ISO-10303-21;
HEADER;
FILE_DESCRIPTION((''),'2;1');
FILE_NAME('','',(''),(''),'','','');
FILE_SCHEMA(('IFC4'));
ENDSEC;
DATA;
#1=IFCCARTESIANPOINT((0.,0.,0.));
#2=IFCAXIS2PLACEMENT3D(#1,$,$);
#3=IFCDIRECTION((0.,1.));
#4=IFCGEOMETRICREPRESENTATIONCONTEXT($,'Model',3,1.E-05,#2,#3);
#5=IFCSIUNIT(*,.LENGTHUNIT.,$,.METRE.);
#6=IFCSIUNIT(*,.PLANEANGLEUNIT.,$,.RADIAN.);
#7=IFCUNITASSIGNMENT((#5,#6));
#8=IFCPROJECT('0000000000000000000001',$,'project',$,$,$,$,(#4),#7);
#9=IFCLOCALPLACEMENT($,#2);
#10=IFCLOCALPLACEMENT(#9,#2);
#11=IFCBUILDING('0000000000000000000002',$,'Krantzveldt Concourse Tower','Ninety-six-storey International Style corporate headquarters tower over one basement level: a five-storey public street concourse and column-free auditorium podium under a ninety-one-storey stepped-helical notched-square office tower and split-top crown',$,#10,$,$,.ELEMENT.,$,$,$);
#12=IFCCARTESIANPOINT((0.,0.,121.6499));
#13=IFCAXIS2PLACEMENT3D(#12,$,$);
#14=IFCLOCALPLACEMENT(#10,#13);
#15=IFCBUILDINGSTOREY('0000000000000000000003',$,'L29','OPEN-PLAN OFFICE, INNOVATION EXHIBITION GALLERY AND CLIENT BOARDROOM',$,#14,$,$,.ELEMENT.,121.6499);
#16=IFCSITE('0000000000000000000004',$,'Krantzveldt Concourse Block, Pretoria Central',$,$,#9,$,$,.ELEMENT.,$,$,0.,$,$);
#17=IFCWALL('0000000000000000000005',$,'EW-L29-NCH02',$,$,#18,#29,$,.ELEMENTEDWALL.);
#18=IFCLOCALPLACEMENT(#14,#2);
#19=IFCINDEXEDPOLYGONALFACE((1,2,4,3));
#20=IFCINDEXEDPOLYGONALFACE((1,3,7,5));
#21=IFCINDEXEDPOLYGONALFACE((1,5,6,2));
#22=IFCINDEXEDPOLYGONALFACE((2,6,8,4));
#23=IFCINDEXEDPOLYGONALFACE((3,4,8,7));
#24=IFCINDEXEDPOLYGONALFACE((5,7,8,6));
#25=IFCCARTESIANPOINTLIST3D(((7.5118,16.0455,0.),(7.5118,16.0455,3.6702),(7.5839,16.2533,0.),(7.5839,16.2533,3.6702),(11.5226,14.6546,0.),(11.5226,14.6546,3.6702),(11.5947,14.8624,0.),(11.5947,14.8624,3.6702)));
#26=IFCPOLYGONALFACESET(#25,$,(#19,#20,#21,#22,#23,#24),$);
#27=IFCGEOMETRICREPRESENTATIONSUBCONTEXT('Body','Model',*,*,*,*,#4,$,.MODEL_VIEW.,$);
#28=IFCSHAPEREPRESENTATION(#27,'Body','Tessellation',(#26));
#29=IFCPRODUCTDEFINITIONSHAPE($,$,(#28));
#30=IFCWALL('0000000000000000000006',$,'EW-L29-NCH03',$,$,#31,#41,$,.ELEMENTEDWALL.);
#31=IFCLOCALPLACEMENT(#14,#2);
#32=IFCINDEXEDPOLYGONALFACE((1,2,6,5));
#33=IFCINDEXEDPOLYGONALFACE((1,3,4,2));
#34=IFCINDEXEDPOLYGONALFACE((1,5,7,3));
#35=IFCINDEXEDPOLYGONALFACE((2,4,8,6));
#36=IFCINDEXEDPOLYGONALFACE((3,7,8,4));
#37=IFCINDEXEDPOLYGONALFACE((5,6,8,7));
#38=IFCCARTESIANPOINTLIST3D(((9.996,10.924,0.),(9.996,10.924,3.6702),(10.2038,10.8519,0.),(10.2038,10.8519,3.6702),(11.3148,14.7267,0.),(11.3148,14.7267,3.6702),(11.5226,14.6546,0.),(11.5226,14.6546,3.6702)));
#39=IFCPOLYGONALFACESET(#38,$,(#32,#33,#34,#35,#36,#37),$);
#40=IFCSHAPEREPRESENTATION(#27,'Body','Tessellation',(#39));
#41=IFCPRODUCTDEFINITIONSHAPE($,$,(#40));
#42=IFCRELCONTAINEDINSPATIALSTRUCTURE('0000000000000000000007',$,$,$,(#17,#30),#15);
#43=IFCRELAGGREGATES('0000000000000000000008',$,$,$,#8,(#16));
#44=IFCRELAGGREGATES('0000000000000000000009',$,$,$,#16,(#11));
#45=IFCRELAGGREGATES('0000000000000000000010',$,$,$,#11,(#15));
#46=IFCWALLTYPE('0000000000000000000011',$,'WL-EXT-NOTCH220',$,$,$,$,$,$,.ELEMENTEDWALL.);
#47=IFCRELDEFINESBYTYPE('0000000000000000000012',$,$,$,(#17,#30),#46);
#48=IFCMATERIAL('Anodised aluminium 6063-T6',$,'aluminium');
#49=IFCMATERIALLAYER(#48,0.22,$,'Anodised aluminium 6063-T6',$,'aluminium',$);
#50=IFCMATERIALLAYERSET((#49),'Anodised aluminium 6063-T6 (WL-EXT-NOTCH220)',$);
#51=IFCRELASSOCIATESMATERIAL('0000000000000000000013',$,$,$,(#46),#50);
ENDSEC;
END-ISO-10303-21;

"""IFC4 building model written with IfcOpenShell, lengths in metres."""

from ifc_helpers import new_model, si_unit, direction, frame, frame_2d, origin, place, context, subcontext, project, spatial, rectangle, extrude, material, layer, layer_set, type_object, element, save


model = new_model("IFC4")

# Units and contexts
model_context = context("Model", 3, precision=1e-05, world=origin(), true_north=direction((0.0, 1.0)))
body_context = subcontext(model_context, "Body", "Model", "MODEL_VIEW")
ifc_project = project(units=[si_unit("LENGTHUNIT", "METRE"), si_unit("PLANEANGLEUNIT", "RADIAN")], contexts=[model_context])

# Site, building, storey
site_placement = place(None, origin())
site = spatial("IfcSite", under=ifc_project, at=site_placement, Name="Krantzveldt Concourse Block, Pretoria Central", CompositionType="ELEMENT", RefElevation=0.0)
building_placement = place(site_placement, origin())
building = spatial("IfcBuilding", under=site, at=building_placement, Name="Krantzveldt Concourse Tower", Description="Ninety-six-storey International Style corporate headquarters tower over one basement level: a five-storey public street concourse and column-free auditorium podium under a ninety-one-storey stepped-helical notched-square office tower and split-top crown", CompositionType="ELEMENT")
storey_placement = place(building_placement, frame((0.0, 0.0, 121.6499)))
storey = spatial("IfcBuildingStorey", under=building, at=storey_placement, Name="L29", Description="OPEN-PLAN OFFICE, INNOVATION EXHIBITION GALLERY AND CLIENT BOARDROOM", CompositionType="ELEMENT", Elevation=121.6499)

# Shared definitions
ifc_material_1 = material(Name="Anodised aluminium 6063-T6", Category="aluminium")

# Walls
ifc_layer_1 = layer(ifc_material_1, 0.22, Name="Anodised aluminium 6063-T6", Category="aluminium")
ifc_layer_set_1 = layer_set([ifc_layer_1], Name="Anodised aluminium 6063-T6 (WL-EXT-NOTCH220)")
wall_type = type_object("IfcWallType", Name="WL-EXT-NOTCH220", PredefinedType="ELEMENTEDWALL", material=ifc_layer_set_1)
wall_1_placement = place(storey_placement, frame((7.5479, 16.1494, 0.0), z_axis=(0.0, 0.0, 1.0), x_axis=(0.944801, -0.327644, 0.0)))
element("IfcWall", 1, at=wall_1_placement, inside=storey, type_object=wall_type, Name="EW-L29-NCH02", PredefinedType="ELEMENTEDWALL", context=body_context, shape_type="SweptSolid", body=[
    extrude(rectangle(XDim=4.2451, YDim=0.22, at=frame_2d((2.1226, 0.0))), origin(), (0.0, 0.0, 1.0), 3.6702),
])
wall_2_placement = place(storey_placement, frame((11.4187, 14.6907, 0.0), z_axis=(0.0, 0.0, 1.0), x_axis=(-0.327669, -0.944793, 0.0)))
element("IfcWall", 2, at=wall_2_placement, inside=storey, type_object=wall_type, Name="EW-L29-NCH03", PredefinedType="ELEMENTEDWALL", context=body_context, shape_type="SweptSolid", body=[
    extrude(rectangle(XDim=4.0249, YDim=0.22, at=frame_2d((2.0125, 0.0))), origin(), (0.0, 0.0, 1.0), 3.6702),
])

save(model, "model.ifc")
